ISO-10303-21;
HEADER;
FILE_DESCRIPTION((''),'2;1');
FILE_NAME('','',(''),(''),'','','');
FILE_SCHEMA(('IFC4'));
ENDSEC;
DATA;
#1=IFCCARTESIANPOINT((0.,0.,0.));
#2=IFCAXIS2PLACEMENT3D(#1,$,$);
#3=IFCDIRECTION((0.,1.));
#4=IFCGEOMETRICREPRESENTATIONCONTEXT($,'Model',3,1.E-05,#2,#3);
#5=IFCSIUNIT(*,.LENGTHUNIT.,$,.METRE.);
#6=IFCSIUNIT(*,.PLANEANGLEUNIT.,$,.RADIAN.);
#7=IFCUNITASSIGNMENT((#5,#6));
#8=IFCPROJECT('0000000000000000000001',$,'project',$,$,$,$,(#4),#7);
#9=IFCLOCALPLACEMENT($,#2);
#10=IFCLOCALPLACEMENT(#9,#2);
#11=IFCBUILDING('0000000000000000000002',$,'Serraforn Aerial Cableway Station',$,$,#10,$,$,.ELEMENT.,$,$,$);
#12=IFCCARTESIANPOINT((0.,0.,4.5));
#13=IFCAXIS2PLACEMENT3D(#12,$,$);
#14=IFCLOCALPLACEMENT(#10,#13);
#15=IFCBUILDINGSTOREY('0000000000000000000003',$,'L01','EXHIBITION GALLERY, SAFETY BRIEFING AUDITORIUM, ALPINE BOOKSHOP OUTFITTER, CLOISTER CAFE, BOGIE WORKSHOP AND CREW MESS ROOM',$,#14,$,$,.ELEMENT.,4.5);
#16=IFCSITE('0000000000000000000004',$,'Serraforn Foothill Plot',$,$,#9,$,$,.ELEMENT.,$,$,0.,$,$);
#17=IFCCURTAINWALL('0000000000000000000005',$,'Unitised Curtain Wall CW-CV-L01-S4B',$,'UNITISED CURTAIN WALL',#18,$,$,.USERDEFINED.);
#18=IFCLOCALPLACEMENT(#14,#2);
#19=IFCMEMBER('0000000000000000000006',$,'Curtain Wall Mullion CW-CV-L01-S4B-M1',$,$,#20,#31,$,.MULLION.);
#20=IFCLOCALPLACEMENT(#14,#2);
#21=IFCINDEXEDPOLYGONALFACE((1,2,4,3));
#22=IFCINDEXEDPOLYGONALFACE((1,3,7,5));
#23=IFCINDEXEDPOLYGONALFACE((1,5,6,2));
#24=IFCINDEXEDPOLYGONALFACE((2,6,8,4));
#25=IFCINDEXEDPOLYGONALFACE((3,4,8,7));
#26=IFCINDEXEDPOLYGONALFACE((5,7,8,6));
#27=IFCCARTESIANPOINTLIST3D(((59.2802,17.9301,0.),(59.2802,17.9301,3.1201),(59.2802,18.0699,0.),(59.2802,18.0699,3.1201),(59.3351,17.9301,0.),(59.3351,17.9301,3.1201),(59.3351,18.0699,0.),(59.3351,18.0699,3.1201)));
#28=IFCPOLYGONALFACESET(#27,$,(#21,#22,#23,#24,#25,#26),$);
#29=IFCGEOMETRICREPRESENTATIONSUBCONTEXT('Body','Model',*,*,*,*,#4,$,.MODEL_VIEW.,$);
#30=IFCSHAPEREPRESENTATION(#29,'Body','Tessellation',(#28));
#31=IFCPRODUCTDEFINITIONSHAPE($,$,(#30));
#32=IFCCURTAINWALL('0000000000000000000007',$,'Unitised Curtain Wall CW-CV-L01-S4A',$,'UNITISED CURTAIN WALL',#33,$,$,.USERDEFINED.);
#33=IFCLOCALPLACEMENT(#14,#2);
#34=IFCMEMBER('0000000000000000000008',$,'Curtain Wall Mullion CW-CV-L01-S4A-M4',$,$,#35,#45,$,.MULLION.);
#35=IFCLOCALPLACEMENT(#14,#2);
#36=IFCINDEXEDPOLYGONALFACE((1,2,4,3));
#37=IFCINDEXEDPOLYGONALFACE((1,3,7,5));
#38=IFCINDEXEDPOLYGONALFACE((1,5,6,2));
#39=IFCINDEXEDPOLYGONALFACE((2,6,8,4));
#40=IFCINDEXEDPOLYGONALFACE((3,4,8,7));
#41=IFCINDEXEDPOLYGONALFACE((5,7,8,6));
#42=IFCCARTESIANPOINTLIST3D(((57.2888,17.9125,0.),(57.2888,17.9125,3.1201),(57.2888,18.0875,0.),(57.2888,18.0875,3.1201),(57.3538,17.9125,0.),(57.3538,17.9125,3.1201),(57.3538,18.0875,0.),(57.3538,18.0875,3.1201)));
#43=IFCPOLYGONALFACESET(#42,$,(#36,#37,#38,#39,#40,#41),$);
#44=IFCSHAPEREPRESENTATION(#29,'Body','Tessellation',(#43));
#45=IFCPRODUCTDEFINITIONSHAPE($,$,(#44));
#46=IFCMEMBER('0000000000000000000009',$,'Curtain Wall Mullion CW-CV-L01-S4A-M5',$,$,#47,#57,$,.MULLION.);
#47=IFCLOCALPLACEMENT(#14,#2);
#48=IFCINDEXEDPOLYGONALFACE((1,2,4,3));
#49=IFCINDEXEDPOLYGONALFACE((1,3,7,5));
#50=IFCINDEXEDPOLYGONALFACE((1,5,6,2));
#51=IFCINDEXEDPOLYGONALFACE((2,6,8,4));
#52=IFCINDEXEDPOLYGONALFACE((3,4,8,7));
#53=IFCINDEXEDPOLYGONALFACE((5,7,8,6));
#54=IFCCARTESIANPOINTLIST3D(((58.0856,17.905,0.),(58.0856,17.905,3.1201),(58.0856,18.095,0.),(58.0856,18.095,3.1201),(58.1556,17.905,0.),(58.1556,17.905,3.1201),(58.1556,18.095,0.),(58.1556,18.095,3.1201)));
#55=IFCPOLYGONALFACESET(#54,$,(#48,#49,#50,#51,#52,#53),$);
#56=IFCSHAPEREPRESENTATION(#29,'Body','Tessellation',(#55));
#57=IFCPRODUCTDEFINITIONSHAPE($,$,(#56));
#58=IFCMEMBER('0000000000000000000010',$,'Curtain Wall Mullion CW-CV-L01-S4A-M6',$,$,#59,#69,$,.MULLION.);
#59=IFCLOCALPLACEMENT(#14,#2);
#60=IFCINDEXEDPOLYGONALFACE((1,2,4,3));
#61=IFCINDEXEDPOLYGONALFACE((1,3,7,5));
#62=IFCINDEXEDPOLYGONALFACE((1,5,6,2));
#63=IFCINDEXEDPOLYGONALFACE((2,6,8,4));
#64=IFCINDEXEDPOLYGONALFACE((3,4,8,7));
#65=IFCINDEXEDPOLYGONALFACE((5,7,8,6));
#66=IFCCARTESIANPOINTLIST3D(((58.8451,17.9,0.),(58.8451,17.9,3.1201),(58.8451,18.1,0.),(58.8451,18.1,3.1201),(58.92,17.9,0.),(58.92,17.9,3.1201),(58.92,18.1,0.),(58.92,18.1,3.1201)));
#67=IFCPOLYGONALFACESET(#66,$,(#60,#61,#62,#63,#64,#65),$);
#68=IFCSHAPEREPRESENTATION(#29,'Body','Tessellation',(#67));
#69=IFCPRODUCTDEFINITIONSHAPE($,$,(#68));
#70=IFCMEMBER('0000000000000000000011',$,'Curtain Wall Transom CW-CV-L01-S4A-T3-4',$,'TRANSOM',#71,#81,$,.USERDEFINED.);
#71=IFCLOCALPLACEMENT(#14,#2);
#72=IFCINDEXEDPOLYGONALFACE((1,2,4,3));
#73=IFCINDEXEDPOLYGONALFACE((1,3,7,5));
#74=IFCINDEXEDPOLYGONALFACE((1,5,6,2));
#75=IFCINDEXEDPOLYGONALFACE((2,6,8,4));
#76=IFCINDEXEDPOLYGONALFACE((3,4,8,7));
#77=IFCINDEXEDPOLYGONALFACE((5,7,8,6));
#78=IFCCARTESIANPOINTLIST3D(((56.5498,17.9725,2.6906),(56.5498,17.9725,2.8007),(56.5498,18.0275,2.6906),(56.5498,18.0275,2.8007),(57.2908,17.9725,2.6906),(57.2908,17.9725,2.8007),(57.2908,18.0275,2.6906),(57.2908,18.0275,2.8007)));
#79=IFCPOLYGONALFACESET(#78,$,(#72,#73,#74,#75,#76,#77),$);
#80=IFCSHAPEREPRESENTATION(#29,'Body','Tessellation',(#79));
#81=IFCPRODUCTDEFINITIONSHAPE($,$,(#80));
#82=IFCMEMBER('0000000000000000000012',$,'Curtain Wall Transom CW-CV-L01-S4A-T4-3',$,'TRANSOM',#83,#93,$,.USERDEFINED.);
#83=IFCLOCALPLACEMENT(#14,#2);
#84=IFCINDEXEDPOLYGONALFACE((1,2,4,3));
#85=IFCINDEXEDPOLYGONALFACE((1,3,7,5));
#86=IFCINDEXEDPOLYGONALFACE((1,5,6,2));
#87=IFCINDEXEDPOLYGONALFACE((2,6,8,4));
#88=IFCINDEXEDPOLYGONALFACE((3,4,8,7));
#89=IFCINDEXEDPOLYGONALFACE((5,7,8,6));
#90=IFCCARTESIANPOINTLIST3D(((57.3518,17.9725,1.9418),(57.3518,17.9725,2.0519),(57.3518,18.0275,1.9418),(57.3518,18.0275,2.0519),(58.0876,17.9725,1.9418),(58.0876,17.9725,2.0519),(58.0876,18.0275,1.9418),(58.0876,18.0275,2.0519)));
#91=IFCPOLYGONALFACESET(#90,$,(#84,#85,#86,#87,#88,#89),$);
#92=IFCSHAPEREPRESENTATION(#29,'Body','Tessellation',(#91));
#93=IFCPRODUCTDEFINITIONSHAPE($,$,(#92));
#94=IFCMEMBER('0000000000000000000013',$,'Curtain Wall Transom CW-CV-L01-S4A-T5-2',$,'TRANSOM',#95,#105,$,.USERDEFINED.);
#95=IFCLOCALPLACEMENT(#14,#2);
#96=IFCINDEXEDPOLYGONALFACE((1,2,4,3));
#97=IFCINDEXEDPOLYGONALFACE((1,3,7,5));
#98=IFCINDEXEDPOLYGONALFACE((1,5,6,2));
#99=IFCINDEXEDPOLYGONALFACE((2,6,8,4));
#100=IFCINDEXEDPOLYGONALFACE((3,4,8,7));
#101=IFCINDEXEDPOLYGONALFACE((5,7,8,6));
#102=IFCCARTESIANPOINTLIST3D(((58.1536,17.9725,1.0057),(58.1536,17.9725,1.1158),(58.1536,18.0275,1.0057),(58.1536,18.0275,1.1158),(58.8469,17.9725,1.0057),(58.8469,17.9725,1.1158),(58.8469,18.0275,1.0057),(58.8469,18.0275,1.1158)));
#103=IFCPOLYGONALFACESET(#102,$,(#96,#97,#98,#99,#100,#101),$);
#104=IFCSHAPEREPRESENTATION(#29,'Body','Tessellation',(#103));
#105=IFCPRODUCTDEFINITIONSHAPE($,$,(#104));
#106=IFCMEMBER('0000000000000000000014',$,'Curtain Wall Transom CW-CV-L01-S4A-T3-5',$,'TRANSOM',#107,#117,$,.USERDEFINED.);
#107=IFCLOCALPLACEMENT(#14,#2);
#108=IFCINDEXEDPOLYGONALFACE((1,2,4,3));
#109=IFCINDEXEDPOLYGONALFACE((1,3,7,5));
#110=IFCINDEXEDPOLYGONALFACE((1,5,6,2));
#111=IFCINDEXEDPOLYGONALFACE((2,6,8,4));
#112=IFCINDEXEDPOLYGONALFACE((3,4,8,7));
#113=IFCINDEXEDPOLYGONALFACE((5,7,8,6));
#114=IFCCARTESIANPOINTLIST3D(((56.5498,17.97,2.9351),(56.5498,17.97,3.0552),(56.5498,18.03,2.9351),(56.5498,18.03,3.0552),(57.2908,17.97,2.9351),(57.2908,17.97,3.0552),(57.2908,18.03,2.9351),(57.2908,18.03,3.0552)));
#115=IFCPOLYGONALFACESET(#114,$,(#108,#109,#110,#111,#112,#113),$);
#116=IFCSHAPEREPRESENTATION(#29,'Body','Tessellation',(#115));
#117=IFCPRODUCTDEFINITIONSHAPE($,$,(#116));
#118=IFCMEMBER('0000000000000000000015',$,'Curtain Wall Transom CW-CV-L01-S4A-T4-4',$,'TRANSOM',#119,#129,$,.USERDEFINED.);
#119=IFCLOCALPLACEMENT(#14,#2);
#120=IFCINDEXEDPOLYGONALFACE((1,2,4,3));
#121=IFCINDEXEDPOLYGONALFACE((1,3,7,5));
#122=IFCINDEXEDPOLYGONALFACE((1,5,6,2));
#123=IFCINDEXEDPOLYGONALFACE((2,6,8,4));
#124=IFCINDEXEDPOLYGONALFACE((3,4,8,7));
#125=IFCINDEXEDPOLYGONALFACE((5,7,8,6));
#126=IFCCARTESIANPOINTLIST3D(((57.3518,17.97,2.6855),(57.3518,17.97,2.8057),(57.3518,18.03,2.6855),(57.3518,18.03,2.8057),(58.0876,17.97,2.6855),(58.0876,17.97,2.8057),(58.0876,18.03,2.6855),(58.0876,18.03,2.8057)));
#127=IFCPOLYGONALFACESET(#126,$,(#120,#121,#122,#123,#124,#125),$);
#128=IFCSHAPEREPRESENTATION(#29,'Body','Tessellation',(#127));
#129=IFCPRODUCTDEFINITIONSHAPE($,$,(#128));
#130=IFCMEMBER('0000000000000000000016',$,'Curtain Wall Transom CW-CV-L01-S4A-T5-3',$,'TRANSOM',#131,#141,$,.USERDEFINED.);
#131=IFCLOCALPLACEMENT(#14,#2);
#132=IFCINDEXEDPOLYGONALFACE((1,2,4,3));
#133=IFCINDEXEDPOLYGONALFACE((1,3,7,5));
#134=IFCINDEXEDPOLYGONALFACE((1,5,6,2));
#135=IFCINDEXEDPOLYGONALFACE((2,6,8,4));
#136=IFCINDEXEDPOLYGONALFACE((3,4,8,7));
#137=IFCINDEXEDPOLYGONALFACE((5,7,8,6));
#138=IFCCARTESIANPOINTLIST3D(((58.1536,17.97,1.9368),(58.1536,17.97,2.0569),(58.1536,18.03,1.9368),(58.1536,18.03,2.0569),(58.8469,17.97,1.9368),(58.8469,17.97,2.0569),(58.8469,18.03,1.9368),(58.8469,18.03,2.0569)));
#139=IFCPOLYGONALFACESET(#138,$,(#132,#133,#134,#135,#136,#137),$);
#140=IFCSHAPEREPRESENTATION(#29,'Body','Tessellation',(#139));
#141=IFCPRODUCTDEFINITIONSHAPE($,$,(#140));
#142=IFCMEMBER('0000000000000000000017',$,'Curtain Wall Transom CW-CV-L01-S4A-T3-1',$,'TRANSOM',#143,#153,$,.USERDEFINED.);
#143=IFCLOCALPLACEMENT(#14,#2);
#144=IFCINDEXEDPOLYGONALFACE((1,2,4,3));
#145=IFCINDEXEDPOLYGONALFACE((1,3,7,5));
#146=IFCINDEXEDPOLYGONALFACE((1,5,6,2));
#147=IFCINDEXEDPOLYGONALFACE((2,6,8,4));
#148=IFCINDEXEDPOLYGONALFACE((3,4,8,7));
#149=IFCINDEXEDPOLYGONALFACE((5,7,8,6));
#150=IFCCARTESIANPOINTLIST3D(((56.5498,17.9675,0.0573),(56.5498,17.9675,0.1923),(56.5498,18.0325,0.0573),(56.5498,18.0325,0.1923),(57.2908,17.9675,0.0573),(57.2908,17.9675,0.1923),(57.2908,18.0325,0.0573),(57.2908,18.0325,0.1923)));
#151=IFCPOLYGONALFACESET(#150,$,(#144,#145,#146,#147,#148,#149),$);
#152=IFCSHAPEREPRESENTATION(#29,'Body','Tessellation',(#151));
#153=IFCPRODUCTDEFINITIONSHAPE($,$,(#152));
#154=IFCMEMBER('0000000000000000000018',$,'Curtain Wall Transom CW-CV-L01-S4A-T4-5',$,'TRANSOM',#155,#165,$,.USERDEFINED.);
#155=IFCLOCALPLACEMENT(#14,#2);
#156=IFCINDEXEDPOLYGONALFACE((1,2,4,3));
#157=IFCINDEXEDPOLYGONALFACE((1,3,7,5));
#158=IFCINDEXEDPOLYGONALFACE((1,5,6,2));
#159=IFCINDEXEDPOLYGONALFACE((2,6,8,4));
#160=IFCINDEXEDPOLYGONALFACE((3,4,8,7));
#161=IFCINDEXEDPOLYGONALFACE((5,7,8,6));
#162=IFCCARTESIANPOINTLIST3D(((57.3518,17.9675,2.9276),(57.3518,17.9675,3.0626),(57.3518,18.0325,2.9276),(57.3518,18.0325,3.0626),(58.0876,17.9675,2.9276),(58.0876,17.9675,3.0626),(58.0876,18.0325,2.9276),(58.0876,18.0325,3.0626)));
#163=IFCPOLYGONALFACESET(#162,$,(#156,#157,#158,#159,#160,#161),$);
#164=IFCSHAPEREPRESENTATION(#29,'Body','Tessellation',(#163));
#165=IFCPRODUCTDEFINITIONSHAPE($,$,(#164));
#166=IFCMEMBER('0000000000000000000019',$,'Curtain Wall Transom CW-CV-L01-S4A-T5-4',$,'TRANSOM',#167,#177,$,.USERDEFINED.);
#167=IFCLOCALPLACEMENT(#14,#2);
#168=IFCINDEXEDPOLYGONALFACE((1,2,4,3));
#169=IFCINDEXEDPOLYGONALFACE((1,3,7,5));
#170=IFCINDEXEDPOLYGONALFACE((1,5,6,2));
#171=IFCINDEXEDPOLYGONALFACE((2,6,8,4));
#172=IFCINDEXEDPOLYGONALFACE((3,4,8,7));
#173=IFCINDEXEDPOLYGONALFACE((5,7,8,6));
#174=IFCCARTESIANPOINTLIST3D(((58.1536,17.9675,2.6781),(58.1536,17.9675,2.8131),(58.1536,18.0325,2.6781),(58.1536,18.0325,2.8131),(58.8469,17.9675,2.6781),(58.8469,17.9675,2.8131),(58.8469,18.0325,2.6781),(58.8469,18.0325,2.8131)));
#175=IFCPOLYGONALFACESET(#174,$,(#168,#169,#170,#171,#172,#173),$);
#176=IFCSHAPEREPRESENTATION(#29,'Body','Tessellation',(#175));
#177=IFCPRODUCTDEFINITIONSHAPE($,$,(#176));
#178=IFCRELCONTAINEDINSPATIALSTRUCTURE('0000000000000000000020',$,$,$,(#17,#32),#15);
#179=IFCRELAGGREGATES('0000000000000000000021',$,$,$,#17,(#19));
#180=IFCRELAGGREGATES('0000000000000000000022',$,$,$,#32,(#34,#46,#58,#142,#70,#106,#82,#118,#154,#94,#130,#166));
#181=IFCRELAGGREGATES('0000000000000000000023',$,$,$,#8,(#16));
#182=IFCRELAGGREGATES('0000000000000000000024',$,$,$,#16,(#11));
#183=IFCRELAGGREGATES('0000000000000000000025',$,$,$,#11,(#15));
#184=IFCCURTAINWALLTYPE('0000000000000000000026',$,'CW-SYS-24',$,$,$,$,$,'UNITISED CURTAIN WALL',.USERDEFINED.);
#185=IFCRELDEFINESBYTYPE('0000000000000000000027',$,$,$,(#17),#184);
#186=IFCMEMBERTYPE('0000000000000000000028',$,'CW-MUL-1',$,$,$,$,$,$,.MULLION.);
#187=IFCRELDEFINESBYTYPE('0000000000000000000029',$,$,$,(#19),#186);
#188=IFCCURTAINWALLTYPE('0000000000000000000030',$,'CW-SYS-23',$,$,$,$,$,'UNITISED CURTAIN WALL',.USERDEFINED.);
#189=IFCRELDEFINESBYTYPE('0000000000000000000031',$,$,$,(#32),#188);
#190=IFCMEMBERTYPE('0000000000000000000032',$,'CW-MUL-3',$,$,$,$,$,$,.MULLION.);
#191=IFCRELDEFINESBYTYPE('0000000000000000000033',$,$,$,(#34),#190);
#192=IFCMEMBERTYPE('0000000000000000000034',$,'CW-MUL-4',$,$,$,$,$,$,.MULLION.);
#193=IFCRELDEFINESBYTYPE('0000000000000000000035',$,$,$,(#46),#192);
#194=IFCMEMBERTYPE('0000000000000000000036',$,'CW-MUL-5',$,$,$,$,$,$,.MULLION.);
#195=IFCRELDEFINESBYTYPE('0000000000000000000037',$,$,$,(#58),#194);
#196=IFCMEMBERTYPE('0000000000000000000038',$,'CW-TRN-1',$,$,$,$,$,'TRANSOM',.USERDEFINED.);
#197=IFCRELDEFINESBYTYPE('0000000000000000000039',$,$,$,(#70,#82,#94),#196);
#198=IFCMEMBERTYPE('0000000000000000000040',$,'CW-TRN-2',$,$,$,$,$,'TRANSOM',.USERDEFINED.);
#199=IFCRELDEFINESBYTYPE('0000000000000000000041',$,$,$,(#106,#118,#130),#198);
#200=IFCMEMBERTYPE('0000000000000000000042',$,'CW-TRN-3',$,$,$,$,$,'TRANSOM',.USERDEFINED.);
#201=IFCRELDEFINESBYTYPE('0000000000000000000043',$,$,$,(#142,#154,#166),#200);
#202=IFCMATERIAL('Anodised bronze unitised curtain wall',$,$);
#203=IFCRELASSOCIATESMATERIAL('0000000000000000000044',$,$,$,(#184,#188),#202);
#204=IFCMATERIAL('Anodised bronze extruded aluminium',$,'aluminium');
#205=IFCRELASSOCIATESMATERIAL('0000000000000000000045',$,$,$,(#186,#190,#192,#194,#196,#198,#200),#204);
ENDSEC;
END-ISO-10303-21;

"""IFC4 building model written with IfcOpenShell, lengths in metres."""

from ifc_helpers import new_model, si_unit, direction, frame, origin, origin_2d, place, context, subcontext, project, spatial, rectangle, extrude, material, material_profile, profile_set, type_object, element, aggregate, save


model = new_model("IFC4")

# Units and contexts
model_context = context("Model", 3, precision=1e-05, world=origin(), true_north=direction((0.0, 1.0)))
body_context = subcontext(model_context, "Body", "Model", "MODEL_VIEW")
ifc_project = project(units=[si_unit("LENGTHUNIT", "METRE"), si_unit("PLANEANGLEUNIT", "RADIAN")], contexts=[model_context])

# Site, building, storey
site_placement = place(None, origin())
site = spatial("IfcSite", under=ifc_project, at=site_placement, Name="Serraforn Foothill Plot", CompositionType="ELEMENT", RefElevation=0.0)
building_placement = place(site_placement, origin())
building = spatial("IfcBuilding", under=site, at=building_placement, Name="Serraforn Aerial Cableway Station", CompositionType="ELEMENT")
storey_placement = place(building_placement, frame((0.0, 0.0, 4.5)))
storey = spatial("IfcBuildingStorey", under=building, at=storey_placement, Name="L01", Description="EXHIBITION GALLERY, SAFETY BRIEFING AUDITORIUM, ALPINE BOOKSHOP OUTFITTER, CLOISTER CAFE, BOGIE WORKSHOP AND CREW MESS ROOM", CompositionType="ELEMENT", Elevation=4.5)

# Curtain wall, member
ifc_material_1 = material(Name="Anodised bronze unitised curtain wall")
curtain_wall_type_1 = type_object("IfcCurtainWallType", Name="CW-SYS-24", ElementType="UNITISED CURTAIN WALL", PredefinedType="USERDEFINED", material=ifc_material_1)
curtain_wall_1_placement = place(storey_placement, origin())
curtain_wall_1 = element("IfcCurtainWall", 1, at=curtain_wall_1_placement, inside=storey, type_object=curtain_wall_type_1, Name="Unitised Curtain Wall CW-CV-L01-S4B", ObjectType="UNITISED CURTAIN WALL", PredefinedType="USERDEFINED")
ifc_material_2 = material(Name="Anodised bronze extruded aluminium", Category="aluminium")
ifc_material_profile_1 = material_profile(ifc_material_2, rectangle(XDim=0.0549, YDim=0.1399, at=origin_2d()), Name="CW MULLION 55x140")
ifc_profile_set_1 = profile_set([ifc_material_profile_1], Name="Anodised bronze extruded aluminium")
member_type_1 = type_object("IfcMemberType", Name="CW-MUL-1", PredefinedType="MULLION", material=ifc_profile_set_1)
member_1_placement = place(storey_placement, frame((59.3076, 18.0, 0.0), z_axis=(0.0, 0.0, 1.0), x_axis=(1.0, 0.0, 0.0)))
member_1 = element("IfcMember", 2, at=member_1_placement, type_object=member_type_1, Name="Curtain Wall Mullion CW-CV-L01-S4B-M1", PredefinedType="MULLION", context=body_context, shape_type="SweptSolid", body=[
    extrude(rectangle(XDim=0.0549, YDim=0.1399, at=origin_2d()), origin(), (0.0, 0.0, 1.0), 3.1201),
])
aggregate(curtain_wall_1, [member_1])

# Curtain wall, members
curtain_wall_type_2 = type_object("IfcCurtainWallType", Name="CW-SYS-23", ElementType="UNITISED CURTAIN WALL", PredefinedType="USERDEFINED", material=ifc_material_1)
curtain_wall_2_placement = place(storey_placement, origin())
curtain_wall_2 = element("IfcCurtainWall", 3, at=curtain_wall_2_placement, inside=storey, type_object=curtain_wall_type_2, Name="Unitised Curtain Wall CW-CV-L01-S4A", ObjectType="UNITISED CURTAIN WALL", PredefinedType="USERDEFINED")
ifc_material_profile_2 = material_profile(ifc_material_2, rectangle(XDim=0.0649, YDim=0.175, at=origin_2d()), Name="CW MULLION 65x175")
ifc_profile_set_2 = profile_set([ifc_material_profile_2], Name="Anodised bronze extruded aluminium")
member_type_2 = type_object("IfcMemberType", Name="CW-MUL-3", PredefinedType="MULLION", material=ifc_profile_set_2)
member_2_placement = place(storey_placement, frame((57.3213, 18.0, 0.0), z_axis=(0.0, 0.0, 1.0), x_axis=(1.0, 0.0, 0.0)))
member_2 = element("IfcMember", 4, at=member_2_placement, type_object=member_type_2, Name="Curtain Wall Mullion CW-CV-L01-S4A-M4", PredefinedType="MULLION", context=body_context, shape_type="SweptSolid", body=[
    extrude(rectangle(XDim=0.0649, YDim=0.175, at=origin_2d()), origin(), (0.0, 0.0, 1.0), 3.1201),
])
ifc_material_profile_3 = material_profile(ifc_material_2, rectangle(XDim=0.0701, YDim=0.1899, at=origin_2d()), Name="CW MULLION 70x190")
ifc_profile_set_3 = profile_set([ifc_material_profile_3], Name="Anodised bronze extruded aluminium")
member_type_3 = type_object("IfcMemberType", Name="CW-MUL-4", PredefinedType="MULLION", material=ifc_profile_set_3)
member_3_placement = place(storey_placement, frame((58.1206, 18.0, 0.0), z_axis=(0.0, 0.0, 1.0), x_axis=(1.0, 0.0, 0.0)))
member_3 = element("IfcMember", 5, at=member_3_placement, type_object=member_type_3, Name="Curtain Wall Mullion CW-CV-L01-S4A-M5", PredefinedType="MULLION", context=body_context, shape_type="SweptSolid", body=[
    extrude(rectangle(XDim=0.0701, YDim=0.1899, at=origin_2d()), origin(), (0.0, 0.0, 1.0), 3.1201),
])
ifc_material_profile_4 = material_profile(ifc_material_2, rectangle(XDim=0.075, YDim=0.2, at=origin_2d()), Name="CW MULLION 75x200")
ifc_profile_set_4 = profile_set([ifc_material_profile_4], Name="Anodised bronze extruded aluminium")
member_type_4 = type_object("IfcMemberType", Name="CW-MUL-5", PredefinedType="MULLION", material=ifc_profile_set_4)
member_4_placement = place(storey_placement, frame((58.8826, 18.0, 0.0), z_axis=(0.0, 0.0, 1.0), x_axis=(1.0, 0.0, 0.0)))
member_4 = element("IfcMember", 6, at=member_4_placement, type_object=member_type_4, Name="Curtain Wall Mullion CW-CV-L01-S4A-M6", PredefinedType="MULLION", context=body_context, shape_type="SweptSolid", body=[
    extrude(rectangle(XDim=0.075, YDim=0.2, at=origin_2d()), origin(), (0.0, 0.0, 1.0), 3.1201),
])
ifc_material_profile_5 = material_profile(ifc_material_2, rectangle(XDim=0.0549, YDim=0.1101, at=origin_2d()), Name="CW TRANSOM 55x110")
ifc_profile_set_5 = profile_set([ifc_material_profile_5], Name="Anodised bronze extruded aluminium")
member_type_5 = type_object("IfcMemberType", Name="CW-TRN-1", ElementType="TRANSOM", PredefinedType="USERDEFINED", material=ifc_profile_set_5)
member_5_placement = place(storey_placement, frame((56.5498, 18.0, 2.7456), z_axis=(1.0, 0.0, 0.0), x_axis=(0.0, 1.0, 0.0)))
member_5 = element("IfcMember", 7, at=member_5_placement, type_object=member_type_5, Name="Curtain Wall Transom CW-CV-L01-S4A-T3-4", ObjectType="TRANSOM", PredefinedType="USERDEFINED", context=body_context, shape_type="SweptSolid", body=[
    extrude(rectangle(XDim=0.0549, YDim=0.1101, at=origin_2d()), origin(), (0.0, 0.0, 1.0), 0.741),
])
member_6_placement = place(storey_placement, frame((57.3518, 18.0, 1.9968), z_axis=(1.0, 0.0, 0.0), x_axis=(0.0, 1.0, 0.0)))
member_6 = element("IfcMember", 8, at=member_6_placement, type_object=member_type_5, Name="Curtain Wall Transom CW-CV-L01-S4A-T4-3", ObjectType="TRANSOM", PredefinedType="USERDEFINED", context=body_context, shape_type="SweptSolid", body=[
    extrude(rectangle(XDim=0.0549, YDim=0.1101, at=origin_2d()), origin(), (0.0, 0.0, 1.0), 0.7358),
])
member_7_placement = place(storey_placement, frame((58.1536, 18.0, 1.0608), z_axis=(1.0, 0.0, 0.0), x_axis=(0.0, 1.0, 0.0)))
member_7 = element("IfcMember", 9, at=member_7_placement, type_object=member_type_5, Name="Curtain Wall Transom CW-CV-L01-S4A-T5-2", ObjectType="TRANSOM", PredefinedType="USERDEFINED", context=body_context, shape_type="SweptSolid", body=[
    extrude(rectangle(XDim=0.0549, YDim=0.1101, at=origin_2d()), origin(), (0.0, 0.0, 1.0), 0.6934),
])
ifc_material_profile_6 = material_profile(ifc_material_2, rectangle(XDim=0.0601, YDim=0.1201, at=origin_2d()), Name="CW TRANSOM 60x120")
ifc_profile_set_6 = profile_set([ifc_material_profile_6], Name="Anodised bronze extruded aluminium")
member_type_6 = type_object("IfcMemberType", Name="CW-TRN-2", ElementType="TRANSOM", PredefinedType="USERDEFINED", material=ifc_profile_set_6)
member_8_placement = place(storey_placement, frame((56.5498, 18.0, 2.9951), z_axis=(1.0, 0.0, 0.0), x_axis=(0.0, 1.0, 0.0)))
member_8 = element("IfcMember", 10, at=member_8_placement, type_object=member_type_6, Name="Curtain Wall Transom CW-CV-L01-S4A-T3-5", ObjectType="TRANSOM", PredefinedType="USERDEFINED", context=body_context, shape_type="SweptSolid", body=[
    extrude(rectangle(XDim=0.0601, YDim=0.1201, at=origin_2d()), origin(), (0.0, 0.0, 1.0), 0.741),
])
member_9_placement = place(storey_placement, frame((57.3518, 18.0, 2.7456), z_axis=(1.0, 0.0, 0.0), x_axis=(0.0, 1.0, 0.0)))
member_9 = element("IfcMember", 11, at=member_9_placement, type_object=member_type_6, Name="Curtain Wall Transom CW-CV-L01-S4A-T4-4", ObjectType="TRANSOM", PredefinedType="USERDEFINED", context=body_context, shape_type="SweptSolid", body=[
    extrude(rectangle(XDim=0.0601, YDim=0.1201, at=origin_2d()), origin(), (0.0, 0.0, 1.0), 0.7358),
])
member_10_placement = place(storey_placement, frame((58.1536, 18.0, 1.9968), z_axis=(1.0, 0.0, 0.0), x_axis=(0.0, 1.0, 0.0)))
member_10 = element("IfcMember", 12, at=member_10_placement, type_object=member_type_6, Name="Curtain Wall Transom CW-CV-L01-S4A-T5-3", ObjectType="TRANSOM", PredefinedType="USERDEFINED", context=body_context, shape_type="SweptSolid", body=[
    extrude(rectangle(XDim=0.0601, YDim=0.1201, at=origin_2d()), origin(), (0.0, 0.0, 1.0), 0.6934),
])
ifc_material_profile_7 = material_profile(ifc_material_2, rectangle(XDim=0.0649, YDim=0.135, at=origin_2d()), Name="CW TRANSOM 65x135")
ifc_profile_set_7 = profile_set([ifc_material_profile_7], Name="Anodised bronze extruded aluminium")
member_type_7 = type_object("IfcMemberType", Name="CW-TRN-3", ElementType="TRANSOM", PredefinedType="USERDEFINED", material=ifc_profile_set_7)
member_11_placement = place(storey_placement, frame((56.5498, 18.0, 0.1248), z_axis=(1.0, 0.0, 0.0), x_axis=(0.0, 1.0, 0.0)))
member_11 = element("IfcMember", 13, at=member_11_placement, type_object=member_type_7, Name="Curtain Wall Transom CW-CV-L01-S4A-T3-1", ObjectType="TRANSOM", PredefinedType="USERDEFINED", context=body_context, shape_type="SweptSolid", body=[
    extrude(rectangle(XDim=0.0649, YDim=0.135, at=origin_2d()), origin(), (0.0, 0.0, 1.0), 0.741),
])
member_12_placement = place(storey_placement, frame((57.3518, 18.0, 2.9951), z_axis=(1.0, 0.0, 0.0), x_axis=(0.0, 1.0, 0.0)))
member_12 = element("IfcMember", 14, at=member_12_placement, type_object=member_type_7, Name="Curtain Wall Transom CW-CV-L01-S4A-T4-5", ObjectType="TRANSOM", PredefinedType="USERDEFINED", context=body_context, shape_type="SweptSolid", body=[
    extrude(rectangle(XDim=0.0649, YDim=0.135, at=origin_2d()), origin(), (0.0, 0.0, 1.0), 0.7358),
])
member_13_placement = place(storey_placement, frame((58.1536, 18.0, 2.7456), z_axis=(1.0, 0.0, 0.0), x_axis=(0.0, 1.0, 0.0)))
member_13 = element("IfcMember", 15, at=member_13_placement, type_object=member_type_7, Name="Curtain Wall Transom CW-CV-L01-S4A-T5-4", ObjectType="TRANSOM", PredefinedType="USERDEFINED", context=body_context, shape_type="SweptSolid", body=[
    extrude(rectangle(XDim=0.0649, YDim=0.135, at=origin_2d()), origin(), (0.0, 0.0, 1.0), 0.6934),
])
aggregate(curtain_wall_2, [member_2, member_3, member_4, member_11, member_5, member_8, member_6, member_9, member_12, member_7, member_10, member_13])

save(model, "model.ifc")
